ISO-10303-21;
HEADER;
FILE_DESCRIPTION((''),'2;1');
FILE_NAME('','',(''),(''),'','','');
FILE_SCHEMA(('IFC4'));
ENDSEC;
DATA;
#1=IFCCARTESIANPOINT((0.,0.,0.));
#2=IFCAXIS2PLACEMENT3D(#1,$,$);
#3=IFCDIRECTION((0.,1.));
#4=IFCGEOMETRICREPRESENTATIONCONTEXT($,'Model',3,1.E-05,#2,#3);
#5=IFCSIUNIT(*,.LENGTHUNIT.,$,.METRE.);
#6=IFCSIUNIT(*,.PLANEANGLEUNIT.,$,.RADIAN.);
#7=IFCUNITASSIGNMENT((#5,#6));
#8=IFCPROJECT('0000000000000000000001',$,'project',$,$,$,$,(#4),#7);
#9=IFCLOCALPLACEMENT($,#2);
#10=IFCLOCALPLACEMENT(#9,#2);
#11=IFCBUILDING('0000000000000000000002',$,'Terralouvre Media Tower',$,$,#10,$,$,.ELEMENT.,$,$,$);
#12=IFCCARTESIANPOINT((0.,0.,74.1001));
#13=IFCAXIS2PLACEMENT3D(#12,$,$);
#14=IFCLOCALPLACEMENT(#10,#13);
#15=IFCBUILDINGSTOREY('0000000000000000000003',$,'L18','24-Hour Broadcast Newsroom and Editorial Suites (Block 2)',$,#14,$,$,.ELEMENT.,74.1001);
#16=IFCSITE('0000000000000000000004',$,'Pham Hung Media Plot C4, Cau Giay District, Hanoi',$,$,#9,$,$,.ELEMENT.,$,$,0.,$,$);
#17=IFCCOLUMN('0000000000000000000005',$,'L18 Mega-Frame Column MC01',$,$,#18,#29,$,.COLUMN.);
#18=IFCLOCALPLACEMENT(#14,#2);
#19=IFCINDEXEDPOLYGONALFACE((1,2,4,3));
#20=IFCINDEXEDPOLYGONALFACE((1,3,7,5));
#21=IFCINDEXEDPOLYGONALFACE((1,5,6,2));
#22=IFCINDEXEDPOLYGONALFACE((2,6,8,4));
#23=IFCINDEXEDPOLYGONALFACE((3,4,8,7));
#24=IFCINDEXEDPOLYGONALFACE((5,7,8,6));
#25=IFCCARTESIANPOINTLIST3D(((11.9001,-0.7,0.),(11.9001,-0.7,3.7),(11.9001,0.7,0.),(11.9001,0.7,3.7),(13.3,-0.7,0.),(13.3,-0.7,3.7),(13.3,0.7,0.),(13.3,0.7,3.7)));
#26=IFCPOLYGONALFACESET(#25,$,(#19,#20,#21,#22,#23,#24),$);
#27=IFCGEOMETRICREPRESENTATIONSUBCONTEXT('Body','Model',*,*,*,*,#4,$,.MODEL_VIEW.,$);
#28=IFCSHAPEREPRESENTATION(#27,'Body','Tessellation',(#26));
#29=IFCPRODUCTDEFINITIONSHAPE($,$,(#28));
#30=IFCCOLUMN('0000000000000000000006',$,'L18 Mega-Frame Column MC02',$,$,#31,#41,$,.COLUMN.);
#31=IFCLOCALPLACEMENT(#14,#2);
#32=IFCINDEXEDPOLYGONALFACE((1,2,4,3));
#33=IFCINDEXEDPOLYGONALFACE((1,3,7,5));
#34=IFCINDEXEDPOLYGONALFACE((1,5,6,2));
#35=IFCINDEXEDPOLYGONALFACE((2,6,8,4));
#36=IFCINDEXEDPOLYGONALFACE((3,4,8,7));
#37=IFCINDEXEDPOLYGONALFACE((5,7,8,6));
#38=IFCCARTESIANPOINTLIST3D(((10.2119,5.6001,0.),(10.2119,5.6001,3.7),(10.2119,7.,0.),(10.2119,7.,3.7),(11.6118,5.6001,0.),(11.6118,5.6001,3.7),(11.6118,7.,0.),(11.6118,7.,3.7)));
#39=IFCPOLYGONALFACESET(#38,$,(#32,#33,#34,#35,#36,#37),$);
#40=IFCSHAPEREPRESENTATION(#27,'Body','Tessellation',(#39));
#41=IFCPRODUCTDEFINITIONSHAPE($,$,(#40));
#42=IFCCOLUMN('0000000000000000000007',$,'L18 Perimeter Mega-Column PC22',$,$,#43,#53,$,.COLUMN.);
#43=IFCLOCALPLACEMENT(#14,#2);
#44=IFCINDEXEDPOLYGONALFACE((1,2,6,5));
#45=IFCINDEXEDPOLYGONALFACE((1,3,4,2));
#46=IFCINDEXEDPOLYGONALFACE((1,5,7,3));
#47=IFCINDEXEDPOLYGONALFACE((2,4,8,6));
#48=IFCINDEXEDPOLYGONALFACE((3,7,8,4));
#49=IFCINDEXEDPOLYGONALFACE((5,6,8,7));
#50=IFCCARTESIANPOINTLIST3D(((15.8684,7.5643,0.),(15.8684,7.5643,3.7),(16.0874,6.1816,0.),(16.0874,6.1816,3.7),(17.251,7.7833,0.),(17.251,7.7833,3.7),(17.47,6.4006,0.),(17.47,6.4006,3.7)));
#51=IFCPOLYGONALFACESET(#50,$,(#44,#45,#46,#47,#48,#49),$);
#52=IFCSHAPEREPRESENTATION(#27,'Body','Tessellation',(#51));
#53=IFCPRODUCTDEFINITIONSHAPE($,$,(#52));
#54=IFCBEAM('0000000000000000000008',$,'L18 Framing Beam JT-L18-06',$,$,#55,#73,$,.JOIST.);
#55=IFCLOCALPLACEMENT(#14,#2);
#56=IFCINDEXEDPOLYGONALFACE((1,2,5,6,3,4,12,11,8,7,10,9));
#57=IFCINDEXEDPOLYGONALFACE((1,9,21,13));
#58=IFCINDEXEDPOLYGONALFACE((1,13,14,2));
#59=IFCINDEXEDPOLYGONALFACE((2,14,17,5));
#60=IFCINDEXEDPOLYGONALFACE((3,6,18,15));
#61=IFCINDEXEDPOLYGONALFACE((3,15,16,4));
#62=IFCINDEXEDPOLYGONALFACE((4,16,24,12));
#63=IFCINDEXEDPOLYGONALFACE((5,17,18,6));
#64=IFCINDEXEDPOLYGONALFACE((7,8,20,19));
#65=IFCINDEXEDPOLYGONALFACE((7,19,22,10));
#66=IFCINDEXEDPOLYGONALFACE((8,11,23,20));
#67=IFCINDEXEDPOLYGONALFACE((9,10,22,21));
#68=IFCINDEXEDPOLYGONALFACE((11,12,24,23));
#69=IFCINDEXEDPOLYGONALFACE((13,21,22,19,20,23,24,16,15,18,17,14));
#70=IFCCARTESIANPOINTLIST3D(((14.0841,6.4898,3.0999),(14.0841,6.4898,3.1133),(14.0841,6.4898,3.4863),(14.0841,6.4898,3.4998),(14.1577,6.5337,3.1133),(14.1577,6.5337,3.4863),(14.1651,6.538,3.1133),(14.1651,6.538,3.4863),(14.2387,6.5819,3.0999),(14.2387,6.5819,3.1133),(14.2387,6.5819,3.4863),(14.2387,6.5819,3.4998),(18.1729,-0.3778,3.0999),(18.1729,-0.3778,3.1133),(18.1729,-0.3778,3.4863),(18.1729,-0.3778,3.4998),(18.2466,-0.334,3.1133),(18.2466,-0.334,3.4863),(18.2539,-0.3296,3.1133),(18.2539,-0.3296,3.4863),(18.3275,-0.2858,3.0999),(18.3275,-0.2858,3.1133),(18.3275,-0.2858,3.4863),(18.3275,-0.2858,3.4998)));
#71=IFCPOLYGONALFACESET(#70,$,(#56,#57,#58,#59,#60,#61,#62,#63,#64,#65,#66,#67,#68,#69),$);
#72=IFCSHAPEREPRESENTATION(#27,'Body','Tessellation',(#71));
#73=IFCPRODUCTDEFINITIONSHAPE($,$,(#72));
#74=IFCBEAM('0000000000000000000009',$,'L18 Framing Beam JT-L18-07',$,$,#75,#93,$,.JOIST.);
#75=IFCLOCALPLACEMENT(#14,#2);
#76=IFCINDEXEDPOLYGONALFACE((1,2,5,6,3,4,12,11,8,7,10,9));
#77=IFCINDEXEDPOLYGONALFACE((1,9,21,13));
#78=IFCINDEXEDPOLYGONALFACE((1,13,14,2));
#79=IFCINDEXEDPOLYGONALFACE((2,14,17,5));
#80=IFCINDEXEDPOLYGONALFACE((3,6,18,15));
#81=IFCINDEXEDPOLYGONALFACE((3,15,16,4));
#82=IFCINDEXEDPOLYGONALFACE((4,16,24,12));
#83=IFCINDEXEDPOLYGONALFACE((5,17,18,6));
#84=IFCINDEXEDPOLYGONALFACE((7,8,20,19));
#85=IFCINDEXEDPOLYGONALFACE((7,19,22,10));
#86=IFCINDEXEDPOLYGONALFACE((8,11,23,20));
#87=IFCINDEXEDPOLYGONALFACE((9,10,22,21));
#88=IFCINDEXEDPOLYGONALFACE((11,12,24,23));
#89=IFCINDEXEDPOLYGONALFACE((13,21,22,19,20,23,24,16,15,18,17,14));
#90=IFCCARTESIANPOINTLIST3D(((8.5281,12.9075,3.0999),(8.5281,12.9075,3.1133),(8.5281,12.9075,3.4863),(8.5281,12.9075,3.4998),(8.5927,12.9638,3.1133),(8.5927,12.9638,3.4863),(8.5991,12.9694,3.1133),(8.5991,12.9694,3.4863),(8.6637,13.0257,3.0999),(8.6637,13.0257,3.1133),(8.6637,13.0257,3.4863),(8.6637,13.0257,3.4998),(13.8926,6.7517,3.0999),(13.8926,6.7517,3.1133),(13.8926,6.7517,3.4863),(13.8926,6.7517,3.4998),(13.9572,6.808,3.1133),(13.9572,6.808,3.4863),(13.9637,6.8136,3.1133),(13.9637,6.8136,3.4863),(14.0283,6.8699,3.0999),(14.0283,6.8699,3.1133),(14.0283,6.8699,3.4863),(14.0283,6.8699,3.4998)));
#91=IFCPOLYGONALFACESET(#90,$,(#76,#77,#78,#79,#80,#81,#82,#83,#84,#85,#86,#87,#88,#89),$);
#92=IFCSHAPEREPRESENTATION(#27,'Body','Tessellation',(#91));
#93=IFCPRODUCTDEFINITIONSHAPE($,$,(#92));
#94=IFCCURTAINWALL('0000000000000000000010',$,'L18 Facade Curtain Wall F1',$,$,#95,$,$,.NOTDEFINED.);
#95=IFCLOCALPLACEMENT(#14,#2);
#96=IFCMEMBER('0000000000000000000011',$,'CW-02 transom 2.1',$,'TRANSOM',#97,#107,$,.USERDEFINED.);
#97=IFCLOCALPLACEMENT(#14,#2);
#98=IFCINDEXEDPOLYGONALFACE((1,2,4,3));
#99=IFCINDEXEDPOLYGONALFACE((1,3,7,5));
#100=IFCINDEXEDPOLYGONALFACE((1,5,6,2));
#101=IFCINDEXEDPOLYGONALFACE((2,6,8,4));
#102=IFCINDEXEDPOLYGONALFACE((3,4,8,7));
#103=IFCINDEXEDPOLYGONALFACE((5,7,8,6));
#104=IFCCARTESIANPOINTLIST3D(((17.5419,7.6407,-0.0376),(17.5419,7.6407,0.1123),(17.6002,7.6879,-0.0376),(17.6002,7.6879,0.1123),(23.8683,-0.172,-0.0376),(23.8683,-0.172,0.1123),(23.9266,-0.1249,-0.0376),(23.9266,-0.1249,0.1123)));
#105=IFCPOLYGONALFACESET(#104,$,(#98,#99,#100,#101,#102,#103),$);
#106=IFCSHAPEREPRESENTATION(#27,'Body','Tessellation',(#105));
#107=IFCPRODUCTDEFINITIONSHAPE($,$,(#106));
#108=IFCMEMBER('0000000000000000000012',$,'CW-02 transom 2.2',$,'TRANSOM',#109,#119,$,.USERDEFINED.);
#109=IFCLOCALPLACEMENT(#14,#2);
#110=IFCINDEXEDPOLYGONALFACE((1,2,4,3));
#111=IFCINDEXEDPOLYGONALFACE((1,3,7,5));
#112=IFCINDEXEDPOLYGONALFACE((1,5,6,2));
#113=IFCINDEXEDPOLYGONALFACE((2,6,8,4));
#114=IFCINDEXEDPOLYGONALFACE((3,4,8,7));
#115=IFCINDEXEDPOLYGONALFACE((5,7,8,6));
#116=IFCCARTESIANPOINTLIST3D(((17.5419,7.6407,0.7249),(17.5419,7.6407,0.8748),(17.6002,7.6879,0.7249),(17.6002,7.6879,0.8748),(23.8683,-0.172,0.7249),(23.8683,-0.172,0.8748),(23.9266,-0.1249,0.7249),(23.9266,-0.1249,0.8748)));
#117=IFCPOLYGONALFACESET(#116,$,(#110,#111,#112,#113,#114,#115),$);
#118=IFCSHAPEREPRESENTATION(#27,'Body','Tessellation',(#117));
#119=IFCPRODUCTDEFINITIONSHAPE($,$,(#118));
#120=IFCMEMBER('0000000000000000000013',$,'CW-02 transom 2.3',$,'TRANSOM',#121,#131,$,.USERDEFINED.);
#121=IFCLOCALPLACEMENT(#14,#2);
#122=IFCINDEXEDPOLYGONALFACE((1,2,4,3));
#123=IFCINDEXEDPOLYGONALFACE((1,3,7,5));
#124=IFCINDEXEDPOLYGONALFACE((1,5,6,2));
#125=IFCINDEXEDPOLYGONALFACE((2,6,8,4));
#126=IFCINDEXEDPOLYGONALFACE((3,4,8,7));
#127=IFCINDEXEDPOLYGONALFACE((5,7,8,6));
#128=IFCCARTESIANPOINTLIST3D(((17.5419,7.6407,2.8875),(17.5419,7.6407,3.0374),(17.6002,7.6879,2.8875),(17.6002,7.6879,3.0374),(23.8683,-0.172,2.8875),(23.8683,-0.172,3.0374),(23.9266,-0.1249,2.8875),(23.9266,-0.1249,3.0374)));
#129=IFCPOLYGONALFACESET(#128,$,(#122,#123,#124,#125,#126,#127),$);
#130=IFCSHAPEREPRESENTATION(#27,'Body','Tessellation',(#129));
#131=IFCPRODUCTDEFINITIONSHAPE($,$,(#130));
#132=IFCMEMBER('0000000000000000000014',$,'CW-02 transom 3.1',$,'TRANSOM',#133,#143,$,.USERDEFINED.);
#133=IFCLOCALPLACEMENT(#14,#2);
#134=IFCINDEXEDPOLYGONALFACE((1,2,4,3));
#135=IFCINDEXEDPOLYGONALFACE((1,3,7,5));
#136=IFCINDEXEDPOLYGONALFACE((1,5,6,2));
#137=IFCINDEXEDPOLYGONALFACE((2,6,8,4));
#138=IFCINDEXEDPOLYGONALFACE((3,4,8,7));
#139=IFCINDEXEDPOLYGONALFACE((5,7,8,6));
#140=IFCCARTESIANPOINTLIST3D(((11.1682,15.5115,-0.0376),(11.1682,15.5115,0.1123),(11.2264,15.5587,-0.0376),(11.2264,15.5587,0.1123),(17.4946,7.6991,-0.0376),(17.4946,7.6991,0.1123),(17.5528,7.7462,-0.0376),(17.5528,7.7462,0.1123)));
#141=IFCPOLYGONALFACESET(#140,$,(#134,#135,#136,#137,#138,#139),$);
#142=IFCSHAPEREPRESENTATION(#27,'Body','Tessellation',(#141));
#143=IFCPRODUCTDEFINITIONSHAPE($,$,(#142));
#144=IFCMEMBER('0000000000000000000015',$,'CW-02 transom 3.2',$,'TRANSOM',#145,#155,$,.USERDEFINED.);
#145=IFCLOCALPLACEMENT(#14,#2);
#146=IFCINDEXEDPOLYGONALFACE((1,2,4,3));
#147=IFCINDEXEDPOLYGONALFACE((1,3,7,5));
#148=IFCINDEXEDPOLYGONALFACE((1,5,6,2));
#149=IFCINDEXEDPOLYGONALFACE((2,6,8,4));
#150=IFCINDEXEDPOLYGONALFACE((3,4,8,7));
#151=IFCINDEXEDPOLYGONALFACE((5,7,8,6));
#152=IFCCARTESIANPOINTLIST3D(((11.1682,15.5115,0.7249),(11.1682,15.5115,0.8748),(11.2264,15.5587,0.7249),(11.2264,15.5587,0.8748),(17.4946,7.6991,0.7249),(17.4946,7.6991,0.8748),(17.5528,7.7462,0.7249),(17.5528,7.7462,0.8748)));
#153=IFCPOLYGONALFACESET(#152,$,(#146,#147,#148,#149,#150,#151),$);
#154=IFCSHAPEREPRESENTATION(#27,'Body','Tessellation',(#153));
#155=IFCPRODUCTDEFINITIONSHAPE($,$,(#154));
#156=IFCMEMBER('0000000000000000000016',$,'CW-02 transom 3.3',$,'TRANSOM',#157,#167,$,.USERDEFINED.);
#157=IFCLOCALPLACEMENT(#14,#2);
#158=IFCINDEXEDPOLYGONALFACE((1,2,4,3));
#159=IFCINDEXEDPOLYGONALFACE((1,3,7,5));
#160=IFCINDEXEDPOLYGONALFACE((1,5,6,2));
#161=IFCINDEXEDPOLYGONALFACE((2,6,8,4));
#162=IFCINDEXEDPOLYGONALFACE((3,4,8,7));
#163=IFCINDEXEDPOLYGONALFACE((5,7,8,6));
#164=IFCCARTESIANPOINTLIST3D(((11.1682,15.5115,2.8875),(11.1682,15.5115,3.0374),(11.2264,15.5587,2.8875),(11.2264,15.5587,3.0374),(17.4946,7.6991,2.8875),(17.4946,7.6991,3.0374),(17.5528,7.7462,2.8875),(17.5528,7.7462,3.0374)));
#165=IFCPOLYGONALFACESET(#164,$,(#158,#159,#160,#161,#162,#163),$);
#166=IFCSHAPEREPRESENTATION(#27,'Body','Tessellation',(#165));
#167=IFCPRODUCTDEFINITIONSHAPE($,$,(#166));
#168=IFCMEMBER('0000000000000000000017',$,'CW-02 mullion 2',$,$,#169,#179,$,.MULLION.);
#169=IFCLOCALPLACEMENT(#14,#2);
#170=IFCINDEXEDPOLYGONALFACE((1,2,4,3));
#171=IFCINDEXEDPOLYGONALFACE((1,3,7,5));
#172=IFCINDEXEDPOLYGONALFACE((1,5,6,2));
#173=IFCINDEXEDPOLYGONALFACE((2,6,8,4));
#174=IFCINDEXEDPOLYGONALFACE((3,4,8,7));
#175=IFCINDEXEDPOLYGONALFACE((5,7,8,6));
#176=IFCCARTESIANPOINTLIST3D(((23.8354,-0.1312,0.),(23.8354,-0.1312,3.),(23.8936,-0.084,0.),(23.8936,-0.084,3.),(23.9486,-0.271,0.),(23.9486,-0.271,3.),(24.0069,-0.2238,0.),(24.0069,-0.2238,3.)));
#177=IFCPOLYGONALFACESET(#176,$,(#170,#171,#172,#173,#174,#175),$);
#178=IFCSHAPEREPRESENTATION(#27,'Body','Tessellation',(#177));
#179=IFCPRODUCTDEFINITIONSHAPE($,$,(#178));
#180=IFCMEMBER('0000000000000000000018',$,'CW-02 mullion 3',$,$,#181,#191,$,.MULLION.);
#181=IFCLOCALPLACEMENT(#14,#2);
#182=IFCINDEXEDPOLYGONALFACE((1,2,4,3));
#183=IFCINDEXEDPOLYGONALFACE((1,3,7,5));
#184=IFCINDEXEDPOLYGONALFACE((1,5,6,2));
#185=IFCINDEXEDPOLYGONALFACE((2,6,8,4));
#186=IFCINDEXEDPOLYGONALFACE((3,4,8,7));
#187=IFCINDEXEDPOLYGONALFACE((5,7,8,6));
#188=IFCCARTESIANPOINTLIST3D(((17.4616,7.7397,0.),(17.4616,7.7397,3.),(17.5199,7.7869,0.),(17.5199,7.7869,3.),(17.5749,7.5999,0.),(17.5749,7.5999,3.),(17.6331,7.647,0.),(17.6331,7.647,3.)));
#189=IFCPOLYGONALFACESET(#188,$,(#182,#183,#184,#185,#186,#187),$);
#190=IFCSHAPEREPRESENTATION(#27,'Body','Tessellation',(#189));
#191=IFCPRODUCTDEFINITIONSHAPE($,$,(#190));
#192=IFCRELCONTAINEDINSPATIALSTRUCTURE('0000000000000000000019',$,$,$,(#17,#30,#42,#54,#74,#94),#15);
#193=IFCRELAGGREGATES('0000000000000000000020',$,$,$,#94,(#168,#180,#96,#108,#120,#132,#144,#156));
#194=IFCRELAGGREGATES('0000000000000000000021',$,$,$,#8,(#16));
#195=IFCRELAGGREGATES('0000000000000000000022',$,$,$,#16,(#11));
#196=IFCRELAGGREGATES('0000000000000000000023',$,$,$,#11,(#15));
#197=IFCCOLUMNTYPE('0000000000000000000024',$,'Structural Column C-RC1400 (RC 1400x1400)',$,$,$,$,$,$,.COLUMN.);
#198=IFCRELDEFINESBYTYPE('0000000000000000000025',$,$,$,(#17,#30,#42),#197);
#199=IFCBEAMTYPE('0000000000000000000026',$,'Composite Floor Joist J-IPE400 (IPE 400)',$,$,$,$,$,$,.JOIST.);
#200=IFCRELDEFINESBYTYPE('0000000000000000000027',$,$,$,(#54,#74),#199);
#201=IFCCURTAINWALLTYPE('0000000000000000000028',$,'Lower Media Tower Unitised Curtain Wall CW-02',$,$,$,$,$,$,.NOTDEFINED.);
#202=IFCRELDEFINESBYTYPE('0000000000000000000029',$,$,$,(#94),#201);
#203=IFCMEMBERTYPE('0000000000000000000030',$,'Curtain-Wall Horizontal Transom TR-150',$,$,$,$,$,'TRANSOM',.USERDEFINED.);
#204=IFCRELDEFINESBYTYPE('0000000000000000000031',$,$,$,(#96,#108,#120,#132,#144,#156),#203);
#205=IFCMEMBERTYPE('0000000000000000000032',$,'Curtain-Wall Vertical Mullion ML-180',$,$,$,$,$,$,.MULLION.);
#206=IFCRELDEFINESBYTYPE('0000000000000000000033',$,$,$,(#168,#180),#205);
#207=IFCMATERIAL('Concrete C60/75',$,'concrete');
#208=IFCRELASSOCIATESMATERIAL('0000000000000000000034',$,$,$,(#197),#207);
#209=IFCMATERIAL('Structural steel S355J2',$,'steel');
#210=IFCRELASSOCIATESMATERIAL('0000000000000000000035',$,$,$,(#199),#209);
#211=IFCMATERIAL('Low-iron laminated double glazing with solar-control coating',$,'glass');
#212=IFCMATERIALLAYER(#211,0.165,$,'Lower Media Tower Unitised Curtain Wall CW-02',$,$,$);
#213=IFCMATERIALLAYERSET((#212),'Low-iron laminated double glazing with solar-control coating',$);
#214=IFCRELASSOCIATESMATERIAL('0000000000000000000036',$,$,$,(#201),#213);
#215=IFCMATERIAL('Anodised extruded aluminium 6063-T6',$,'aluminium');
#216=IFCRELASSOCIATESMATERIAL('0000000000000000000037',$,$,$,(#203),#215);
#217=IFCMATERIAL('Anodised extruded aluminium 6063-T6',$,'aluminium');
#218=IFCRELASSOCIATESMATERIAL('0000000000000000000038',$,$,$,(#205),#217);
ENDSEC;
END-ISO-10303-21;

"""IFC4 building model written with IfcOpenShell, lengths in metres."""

from ifc_helpers import new_model, si_unit, direction, frame, origin, origin_2d, place, context, subcontext, project, spatial, rectangle, i_section, extrude, material, layer, layer_set, material_profile, profile_set, type_object, element, aggregate, save


model = new_model("IFC4")

# Units and contexts
model_context = context("Model", 3, precision=1e-05, world=origin(), true_north=direction((0.0, 1.0)))
body_context = subcontext(model_context, "Body", "Model", "MODEL_VIEW")
ifc_project = project(units=[si_unit("LENGTHUNIT", "METRE"), si_unit("PLANEANGLEUNIT", "RADIAN")], contexts=[model_context])

# Site, building, storey
site_placement = place(None, origin())
site = spatial("IfcSite", under=ifc_project, at=site_placement, Name="Pham Hung Media Plot C4, Cau Giay District, Hanoi", CompositionType="ELEMENT", RefElevation=0.0)
building_placement = place(site_placement, origin())
building = spatial("IfcBuilding", under=site, at=building_placement, Name="Terralouvre Media Tower", CompositionType="ELEMENT")
storey_placement = place(building_placement, frame((0.0, 0.0, 74.1001)))
storey = spatial("IfcBuildingStorey", under=building, at=storey_placement, Name="L18", Description="24-Hour Broadcast Newsroom and Editorial Suites (Block 2)", CompositionType="ELEMENT", Elevation=74.1001)

# Columns
ifc_material_1 = material(Name="Concrete C60/75", Category="concrete")
ifc_material_profile_1 = material_profile(ifc_material_1, rectangle(XDim=1.3999, YDim=1.3999, at=origin_2d()), Name="RC 1400x1400")
ifc_profile_set_1 = profile_set([ifc_material_profile_1], Name="Concrete C60/75")
column_type = type_object("IfcColumnType", Name="Structural Column C-RC1400 (RC 1400x1400)", PredefinedType="COLUMN", material=ifc_profile_set_1)
for number, where, z_axis, x_axis, name in (
    (1, (12.6001, 0.0, 0.0), (0.0, 0.0, 1.0), (1.0, 0.0, 0.0), "L18 Mega-Frame Column MC01"),
    (2, (10.9119, 6.3, 0.0), (0.0, 0.0, 1.0), (1.0, 0.0, 0.0), "L18 Mega-Frame Column MC02"),
    (3, (16.6692, 6.9824, 0.0), (0.0, 0.0, 1.0), (0.987688, 0.156434, 0.0), "L18 Perimeter Mega-Column PC22"),
):
    element("IfcColumn", number, at=place(storey_placement, frame(where, z_axis=z_axis, x_axis=x_axis)), inside=storey, type_object=column_type, Name=name, PredefinedType="COLUMN", context=body_context, shape_type="SweptSolid", body=[
        extrude(rectangle(XDim=1.3999, YDim=1.3999, at=origin_2d()), origin(), (0.0, 0.0, 1.0), 3.7),
    ])

# Beams
ifc_material_2 = material(Name="Structural steel S355J2", Category="steel")
ifc_material_profile_2 = material_profile(ifc_material_2, i_section(OverallWidth=0.1799, OverallDepth=0.3999, WebThickness=0.0085, FlangeThickness=0.0134, at=origin_2d()), Name="IPE 400")
ifc_profile_set_2 = profile_set([ifc_material_profile_2], Name="Structural steel S355J2")
beam_type_1 = type_object("IfcBeamType", Name="Composite Floor Joist J-IPE400 (IPE 400)", PredefinedType="JOIST", material=ifc_profile_set_2)
beam_1_placement = place(storey_placement, frame((18.2502, -0.3318, 3.2998), z_axis=(-0.511573, 0.85924, 0.0), x_axis=(-0.85924, -0.511573, 0.0)))
element("IfcBeam", 4, at=beam_1_placement, inside=storey, type_object=beam_type_1, Name="L18 Framing Beam JT-L18-06", PredefinedType="JOIST", context=body_context, shape_type="SweptSolid", body=[
    extrude(i_section(OverallWidth=0.1799, OverallDepth=0.3999, WebThickness=0.0085, FlangeThickness=0.0134, at=origin_2d()), origin(), (0.0, 0.0, 1.0), 7.9927),
])
beam_2_placement = place(storey_placement, frame((13.9604, 6.8108, 3.2998), z_axis=(-0.656992, 0.753898, 0.0), x_axis=(-0.753898, -0.656992, 0.0)))
element("IfcBeam", 5, at=beam_2_placement, inside=storey, type_object=beam_type_1, Name="L18 Framing Beam JT-L18-07", PredefinedType="JOIST", context=body_context, shape_type="SweptSolid", body=[
    extrude(i_section(OverallWidth=0.1799, OverallDepth=0.3999, WebThickness=0.0085, FlangeThickness=0.0134, at=origin_2d()), origin(), (0.0, 0.0, 1.0), 8.1653),
])

# Curtain wall, members
ifc_material_3 = material(Name="Low-iron laminated double glazing with solar-control coating", Category="glass")
ifc_layer_1 = layer(ifc_material_3, 0.165, Name="Lower Media Tower Unitised Curtain Wall CW-02")
ifc_layer_set_1 = layer_set([ifc_layer_1], Name="Low-iron laminated double glazing with solar-control coating")
curtain_wall_type = type_object("IfcCurtainWallType", Name="Lower Media Tower Unitised Curtain Wall CW-02", PredefinedType="NOTDEFINED", material=ifc_layer_set_1)
curtain_wall_placement = place(storey_placement, origin())
curtain_wall = element("IfcCurtainWall", 6, at=curtain_wall_placement, inside=storey, type_object=curtain_wall_type, Name="L18 Facade Curtain Wall F1", PredefinedType="NOTDEFINED")
ifc_material_4 = material(Name="Anodised extruded aluminium 6063-T6", Category="aluminium")
ifc_material_profile_3 = material_profile(ifc_material_4, rectangle(XDim=0.075, YDim=0.1499, at=origin_2d()), Name="ALU 75x150")
ifc_profile_set_3 = profile_set([ifc_material_profile_3], Name="Anodised extruded aluminium 6063-T6")
member_type_1 = type_object("IfcMemberType", Name="Curtain-Wall Horizontal Transom TR-150", ElementType="TRANSOM", PredefinedType="USERDEFINED", material=ifc_profile_set_3)
member_1_placement = place(storey_placement, frame((23.8975, -0.1484, 0.0374), z_axis=(-0.629307, 0.777157, 0.0), x_axis=(-0.777157, -0.629307, 0.0)))
member_1 = element("IfcMember", 7, at=member_1_placement, type_object=member_type_1, Name="CW-02 transom 2.1", ObjectType="TRANSOM", PredefinedType="USERDEFINED", context=body_context, shape_type="SweptSolid", body=[
    extrude(rectangle(XDim=0.075, YDim=0.1499, at=origin_2d()), origin(), (0.0, 0.0, 1.0), 10.053),
])
member_2_placement = place(storey_placement, frame((23.8975, -0.1484, 0.7998), z_axis=(-0.629307, 0.777157, 0.0), x_axis=(-0.777157, -0.629307, 0.0)))
member_2 = element("IfcMember", 8, at=member_2_placement, type_object=member_type_1, Name="CW-02 transom 2.2", ObjectType="TRANSOM", PredefinedType="USERDEFINED", context=body_context, shape_type="SweptSolid", body=[
    extrude(rectangle(XDim=0.075, YDim=0.1499, at=origin_2d()), origin(), (0.0, 0.0, 1.0), 10.053),
])
member_3_placement = place(storey_placement, frame((23.8975, -0.1484, 2.9624), z_axis=(-0.629307, 0.777157, 0.0), x_axis=(-0.777157, -0.629307, 0.0)))
member_3 = element("IfcMember", 9, at=member_3_placement, type_object=member_type_1, Name="CW-02 transom 2.3", ObjectType="TRANSOM", PredefinedType="USERDEFINED", context=body_context, shape_type="SweptSolid", body=[
    extrude(rectangle(XDim=0.075, YDim=0.1499, at=origin_2d()), origin(), (0.0, 0.0, 1.0), 10.053),
])
member_4_placement = place(storey_placement, frame((17.5237, 7.7227, 0.0374), z_axis=(-0.629319, 0.777147, 0.0), x_axis=(-0.777147, -0.629319, 0.0)))
member_4 = element("IfcMember", 10, at=member_4_placement, type_object=member_type_1, Name="CW-02 transom 3.1", ObjectType="TRANSOM", PredefinedType="USERDEFINED", context=body_context, shape_type="SweptSolid", body=[
    extrude(rectangle(XDim=0.075, YDim=0.1499, at=origin_2d()), origin(), (0.0, 0.0, 1.0), 10.0527),
])
member_5_placement = place(storey_placement, frame((17.5237, 7.7227, 0.7998), z_axis=(-0.629319, 0.777147, 0.0), x_axis=(-0.777147, -0.629319, 0.0)))
member_5 = element("IfcMember", 11, at=member_5_placement, type_object=member_type_1, Name="CW-02 transom 3.2", ObjectType="TRANSOM", PredefinedType="USERDEFINED", context=body_context, shape_type="SweptSolid", body=[
    extrude(rectangle(XDim=0.075, YDim=0.1499, at=origin_2d()), origin(), (0.0, 0.0, 1.0), 10.0527),
])
member_6_placement = place(storey_placement, frame((17.5237, 7.7227, 2.9624), z_axis=(-0.629319, 0.777147, 0.0), x_axis=(-0.777147, -0.629319, 0.0)))
member_6 = element("IfcMember", 12, at=member_6_placement, type_object=member_type_1, Name="CW-02 transom 3.3", ObjectType="TRANSOM", PredefinedType="USERDEFINED", context=body_context, shape_type="SweptSolid", body=[
    extrude(rectangle(XDim=0.075, YDim=0.1499, at=origin_2d()), origin(), (0.0, 0.0, 1.0), 10.0527),
])
ifc_material_5 = material(Name="Anodised extruded aluminium 6063-T6", Category="aluminium")
ifc_material_profile_4 = material_profile(ifc_material_5, rectangle(XDim=0.075, YDim=0.1799, at=origin_2d()), Name="ALU 75x180")
ifc_profile_set_4 = profile_set([ifc_material_profile_4], Name="Anodised extruded aluminium 6063-T6")
member_type_2 = type_object("IfcMemberType", Name="Curtain-Wall Vertical Mullion ML-180", PredefinedType="MULLION", material=ifc_profile_set_4)
member_7_placement = place(storey_placement, frame((23.9211, -0.1775, 0.0), z_axis=(0.0, 0.0, 1.0), x_axis=(-0.777146, -0.62932, 0.0)))
member_7 = element("IfcMember", 13, at=member_7_placement, type_object=member_type_2, Name="CW-02 mullion 2", PredefinedType="MULLION", context=body_context, shape_type="SweptSolid", body=[
    extrude(rectangle(XDim=0.075, YDim=0.1799, at=origin_2d()), origin(), (0.0, 0.0, 1.0), 3.0),
])
member_8_placement = place(storey_placement, frame((17.5474, 7.6934, 0.0), z_axis=(0.0, 0.0, 1.0), x_axis=(-0.777146, -0.62932, 0.0)))
member_8 = element("IfcMember", 14, at=member_8_placement, type_object=member_type_2, Name="CW-02 mullion 3", PredefinedType="MULLION", context=body_context, shape_type="SweptSolid", body=[
    extrude(rectangle(XDim=0.075, YDim=0.1799, at=origin_2d()), origin(), (0.0, 0.0, 1.0), 3.0),
])

aggregate(curtain_wall, [member_7, member_8, member_1, member_2, member_3, member_4, member_5, member_6])

save(model, "model.ifc")
